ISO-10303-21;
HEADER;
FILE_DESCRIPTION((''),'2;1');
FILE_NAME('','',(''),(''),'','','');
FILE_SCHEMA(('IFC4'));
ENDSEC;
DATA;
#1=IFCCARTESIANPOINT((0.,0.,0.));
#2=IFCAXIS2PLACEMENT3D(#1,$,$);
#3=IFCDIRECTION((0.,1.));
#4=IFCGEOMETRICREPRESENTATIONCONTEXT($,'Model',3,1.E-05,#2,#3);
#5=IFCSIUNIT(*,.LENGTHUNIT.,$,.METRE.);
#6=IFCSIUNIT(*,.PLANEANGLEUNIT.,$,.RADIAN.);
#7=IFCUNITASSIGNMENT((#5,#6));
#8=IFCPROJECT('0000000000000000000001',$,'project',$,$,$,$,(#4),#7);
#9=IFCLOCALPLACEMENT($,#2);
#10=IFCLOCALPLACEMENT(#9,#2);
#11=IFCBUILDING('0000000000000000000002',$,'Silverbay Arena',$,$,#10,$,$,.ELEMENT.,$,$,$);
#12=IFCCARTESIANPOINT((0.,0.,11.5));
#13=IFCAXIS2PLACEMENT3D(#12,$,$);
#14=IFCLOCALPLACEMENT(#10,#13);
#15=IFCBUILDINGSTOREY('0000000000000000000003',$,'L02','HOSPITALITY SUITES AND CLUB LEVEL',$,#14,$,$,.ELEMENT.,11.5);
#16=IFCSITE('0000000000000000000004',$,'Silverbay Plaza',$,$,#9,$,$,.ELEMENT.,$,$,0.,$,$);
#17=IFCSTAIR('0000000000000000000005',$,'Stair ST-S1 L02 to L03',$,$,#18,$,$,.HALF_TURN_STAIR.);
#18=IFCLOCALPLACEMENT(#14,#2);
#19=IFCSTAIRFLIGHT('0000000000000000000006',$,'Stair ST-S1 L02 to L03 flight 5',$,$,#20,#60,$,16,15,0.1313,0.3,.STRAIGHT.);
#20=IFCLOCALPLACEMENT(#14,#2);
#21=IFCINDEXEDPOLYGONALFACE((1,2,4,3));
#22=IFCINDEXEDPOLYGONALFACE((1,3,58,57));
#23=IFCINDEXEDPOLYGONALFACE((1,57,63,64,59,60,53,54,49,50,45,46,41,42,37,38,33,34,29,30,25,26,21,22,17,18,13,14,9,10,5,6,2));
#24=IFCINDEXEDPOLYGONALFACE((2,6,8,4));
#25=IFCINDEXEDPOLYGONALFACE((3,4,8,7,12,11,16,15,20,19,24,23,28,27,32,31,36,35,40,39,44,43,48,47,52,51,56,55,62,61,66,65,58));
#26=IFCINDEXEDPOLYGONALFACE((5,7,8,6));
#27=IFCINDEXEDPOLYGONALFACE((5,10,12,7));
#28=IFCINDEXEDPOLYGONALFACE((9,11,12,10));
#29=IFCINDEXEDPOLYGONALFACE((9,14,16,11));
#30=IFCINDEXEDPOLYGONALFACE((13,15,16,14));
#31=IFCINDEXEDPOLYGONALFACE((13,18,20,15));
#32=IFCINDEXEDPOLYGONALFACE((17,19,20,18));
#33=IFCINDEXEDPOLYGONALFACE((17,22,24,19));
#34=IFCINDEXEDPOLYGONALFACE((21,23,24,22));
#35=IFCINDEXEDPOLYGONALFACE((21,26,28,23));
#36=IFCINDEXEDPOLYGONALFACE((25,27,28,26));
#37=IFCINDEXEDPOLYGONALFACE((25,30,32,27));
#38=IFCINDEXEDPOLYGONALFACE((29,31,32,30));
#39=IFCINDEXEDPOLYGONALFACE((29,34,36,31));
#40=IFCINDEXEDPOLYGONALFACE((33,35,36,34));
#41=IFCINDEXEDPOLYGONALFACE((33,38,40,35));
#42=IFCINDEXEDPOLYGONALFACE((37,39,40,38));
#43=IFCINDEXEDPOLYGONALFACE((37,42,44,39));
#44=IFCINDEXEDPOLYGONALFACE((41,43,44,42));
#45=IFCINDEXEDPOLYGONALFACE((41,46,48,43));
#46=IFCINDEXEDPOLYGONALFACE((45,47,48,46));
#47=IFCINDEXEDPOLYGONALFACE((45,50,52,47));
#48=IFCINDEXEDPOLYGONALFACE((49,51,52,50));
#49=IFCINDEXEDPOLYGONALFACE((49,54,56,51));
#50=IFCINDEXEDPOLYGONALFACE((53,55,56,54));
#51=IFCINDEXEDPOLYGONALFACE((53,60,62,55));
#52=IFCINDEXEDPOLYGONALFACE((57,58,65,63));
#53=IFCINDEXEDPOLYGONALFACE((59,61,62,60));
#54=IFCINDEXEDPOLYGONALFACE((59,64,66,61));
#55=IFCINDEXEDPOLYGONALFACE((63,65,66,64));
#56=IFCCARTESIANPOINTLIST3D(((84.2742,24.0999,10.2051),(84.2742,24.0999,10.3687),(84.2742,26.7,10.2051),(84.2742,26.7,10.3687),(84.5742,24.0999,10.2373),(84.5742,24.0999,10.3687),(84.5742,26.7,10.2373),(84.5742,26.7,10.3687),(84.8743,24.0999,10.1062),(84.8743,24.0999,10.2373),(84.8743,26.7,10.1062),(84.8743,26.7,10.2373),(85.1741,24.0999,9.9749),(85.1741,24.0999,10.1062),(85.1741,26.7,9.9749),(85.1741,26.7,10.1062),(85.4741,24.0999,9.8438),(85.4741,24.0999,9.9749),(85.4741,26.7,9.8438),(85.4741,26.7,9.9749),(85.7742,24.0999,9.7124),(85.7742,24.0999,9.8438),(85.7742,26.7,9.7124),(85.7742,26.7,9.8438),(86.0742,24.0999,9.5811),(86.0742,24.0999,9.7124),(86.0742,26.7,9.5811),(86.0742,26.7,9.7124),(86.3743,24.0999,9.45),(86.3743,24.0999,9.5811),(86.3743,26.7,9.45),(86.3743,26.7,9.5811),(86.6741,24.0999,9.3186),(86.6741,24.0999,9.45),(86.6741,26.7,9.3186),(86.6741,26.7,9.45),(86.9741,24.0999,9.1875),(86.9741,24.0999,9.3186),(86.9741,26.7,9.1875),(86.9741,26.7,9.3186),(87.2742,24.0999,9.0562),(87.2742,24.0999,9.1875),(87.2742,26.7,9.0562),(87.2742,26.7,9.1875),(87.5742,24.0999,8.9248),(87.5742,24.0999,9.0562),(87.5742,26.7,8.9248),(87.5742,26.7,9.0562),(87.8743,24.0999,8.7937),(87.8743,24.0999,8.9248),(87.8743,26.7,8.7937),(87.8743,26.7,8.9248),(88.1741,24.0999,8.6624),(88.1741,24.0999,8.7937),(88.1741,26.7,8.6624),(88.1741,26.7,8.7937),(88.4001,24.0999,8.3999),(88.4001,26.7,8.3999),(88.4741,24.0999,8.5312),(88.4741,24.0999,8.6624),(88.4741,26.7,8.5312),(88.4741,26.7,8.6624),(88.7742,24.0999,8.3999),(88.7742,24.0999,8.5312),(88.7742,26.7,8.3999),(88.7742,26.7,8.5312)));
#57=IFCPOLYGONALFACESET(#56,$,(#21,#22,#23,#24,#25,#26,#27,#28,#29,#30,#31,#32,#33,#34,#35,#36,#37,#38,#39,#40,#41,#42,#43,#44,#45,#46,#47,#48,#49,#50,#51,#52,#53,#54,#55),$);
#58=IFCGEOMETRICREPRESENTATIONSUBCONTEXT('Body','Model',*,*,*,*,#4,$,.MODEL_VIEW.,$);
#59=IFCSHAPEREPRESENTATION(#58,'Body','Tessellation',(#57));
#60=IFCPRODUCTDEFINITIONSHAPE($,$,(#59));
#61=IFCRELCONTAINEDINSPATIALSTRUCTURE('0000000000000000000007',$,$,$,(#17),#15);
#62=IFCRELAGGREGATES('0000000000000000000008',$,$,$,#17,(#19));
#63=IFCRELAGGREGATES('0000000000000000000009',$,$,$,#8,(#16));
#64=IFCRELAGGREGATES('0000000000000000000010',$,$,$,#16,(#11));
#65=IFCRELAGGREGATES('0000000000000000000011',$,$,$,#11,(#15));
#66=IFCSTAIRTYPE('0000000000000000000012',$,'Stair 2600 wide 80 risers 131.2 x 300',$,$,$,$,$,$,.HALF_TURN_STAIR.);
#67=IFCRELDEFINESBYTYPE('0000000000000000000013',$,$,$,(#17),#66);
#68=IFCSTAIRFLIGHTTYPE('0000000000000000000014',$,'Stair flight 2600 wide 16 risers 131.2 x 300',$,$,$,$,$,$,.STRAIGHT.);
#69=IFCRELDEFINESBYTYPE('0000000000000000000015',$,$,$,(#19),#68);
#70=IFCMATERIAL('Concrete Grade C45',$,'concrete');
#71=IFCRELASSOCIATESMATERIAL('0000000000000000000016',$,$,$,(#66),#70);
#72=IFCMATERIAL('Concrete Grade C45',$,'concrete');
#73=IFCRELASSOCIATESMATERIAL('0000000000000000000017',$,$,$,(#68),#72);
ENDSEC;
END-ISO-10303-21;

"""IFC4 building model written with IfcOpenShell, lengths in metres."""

from ifc_helpers import new_model, si_unit, direction, frame, origin, place, context, subcontext, project, spatial, polyline, outline, extrude, material, type_object, element, aggregate, save


model = new_model("IFC4")

# Units and contexts
model_context = context("Model", 3, precision=1e-05, world=origin(), true_north=direction((0.0, 1.0)))
body_context = subcontext(model_context, "Body", "Model", "MODEL_VIEW")
ifc_project = project(units=[si_unit("LENGTHUNIT", "METRE"), si_unit("PLANEANGLEUNIT", "RADIAN")], contexts=[model_context])

# Site, building, storey
site_placement = place(None, origin())
site = spatial("IfcSite", under=ifc_project, at=site_placement, Name="Silverbay Plaza", CompositionType="ELEMENT", RefElevation=0.0)
building_placement = place(site_placement, origin())
building = spatial("IfcBuilding", under=site, at=building_placement, Name="Silverbay Arena", CompositionType="ELEMENT")
storey_placement = place(building_placement, frame((0.0, 0.0, 11.5)))
storey = spatial("IfcBuildingStorey", under=building, at=storey_placement, Name="L02", Description="HOSPITALITY SUITES AND CLUB LEVEL", CompositionType="ELEMENT", Elevation=11.5)

# Stair, stair flight
ifc_material_1 = material(Name="Concrete Grade C45", Category="concrete")
stair_type = type_object("IfcStairType", Name="Stair 2600 wide 80 risers 131.2 x 300", PredefinedType="HALF_TURN_STAIR", material=ifc_material_1)
stair_placement = place(storey_placement, origin())
stair = element("IfcStair", 1, at=stair_placement, inside=storey, type_object=stair_type, Name="Stair ST-S1 L02 to L03", PredefinedType="HALF_TURN_STAIR")
ifc_material_2 = material(Name="Concrete Grade C45", Category="concrete")
stair_flight_type = type_object("IfcStairFlightType", Name="Stair flight 2600 wide 16 risers 131.2 x 300", PredefinedType="STRAIGHT", material=ifc_material_2)
stair_flight_1_placement = place(storey_placement, frame((88.7742, 25.3999, 8.3999), z_axis=(0.0, 0.0, 1.0), x_axis=(-1.0, 0.0, 0.0)))
stair_flight_1 = element("IfcStairFlight", 2, at=stair_flight_1_placement, type_object=stair_flight_type, Name="Stair ST-S1 L02 to L03 flight 5", NumberOfRisers=16, NumberOfTreads=15, PredefinedType="STRAIGHT", RiserHeight=0.1313, TreadLength=0.3, context=body_context, shape_type="SweptSolid", body=[
    extrude(outline(polyline([(0.0, 0.0), (0.0, 0.1313), (0.3, 0.1313), (0.3, 0.2625), (0.6001, 0.2625), (0.6001, 0.3938), (0.8999, 0.3938), (0.8999, 0.5249), (1.2, 0.5249), (1.2, 0.6562), (1.5, 0.6562), (1.5, 0.7876), (1.8, 0.7876), (1.8, 0.9187), (2.1001, 0.9187), (2.1001, 1.05), (2.3999, 1.05), (2.3999, 1.1812), (2.7, 1.1812), (2.7, 1.3125), (3.0, 1.3125), (3.0, 1.4438), (3.3, 1.4438), (3.3, 1.575), (3.6001, 1.575), (3.6001, 1.7063), (3.8999, 1.7063), (3.8999, 1.8374), (4.2, 1.8374), (4.2, 1.9688), (4.5, 1.9688), (4.5, 1.8052), (0.374, 0.0), (0.0, 0.0)])), frame((0.0, 1.3, 0.0), z_axis=(0.0, -1.0, 0.0), x_axis=(1.0, 0.0, 0.0)), (0.0, 0.0, 1.0), 2.6001),
])
aggregate(stair, [stair_flight_1])

save(model, "model.ifc")
